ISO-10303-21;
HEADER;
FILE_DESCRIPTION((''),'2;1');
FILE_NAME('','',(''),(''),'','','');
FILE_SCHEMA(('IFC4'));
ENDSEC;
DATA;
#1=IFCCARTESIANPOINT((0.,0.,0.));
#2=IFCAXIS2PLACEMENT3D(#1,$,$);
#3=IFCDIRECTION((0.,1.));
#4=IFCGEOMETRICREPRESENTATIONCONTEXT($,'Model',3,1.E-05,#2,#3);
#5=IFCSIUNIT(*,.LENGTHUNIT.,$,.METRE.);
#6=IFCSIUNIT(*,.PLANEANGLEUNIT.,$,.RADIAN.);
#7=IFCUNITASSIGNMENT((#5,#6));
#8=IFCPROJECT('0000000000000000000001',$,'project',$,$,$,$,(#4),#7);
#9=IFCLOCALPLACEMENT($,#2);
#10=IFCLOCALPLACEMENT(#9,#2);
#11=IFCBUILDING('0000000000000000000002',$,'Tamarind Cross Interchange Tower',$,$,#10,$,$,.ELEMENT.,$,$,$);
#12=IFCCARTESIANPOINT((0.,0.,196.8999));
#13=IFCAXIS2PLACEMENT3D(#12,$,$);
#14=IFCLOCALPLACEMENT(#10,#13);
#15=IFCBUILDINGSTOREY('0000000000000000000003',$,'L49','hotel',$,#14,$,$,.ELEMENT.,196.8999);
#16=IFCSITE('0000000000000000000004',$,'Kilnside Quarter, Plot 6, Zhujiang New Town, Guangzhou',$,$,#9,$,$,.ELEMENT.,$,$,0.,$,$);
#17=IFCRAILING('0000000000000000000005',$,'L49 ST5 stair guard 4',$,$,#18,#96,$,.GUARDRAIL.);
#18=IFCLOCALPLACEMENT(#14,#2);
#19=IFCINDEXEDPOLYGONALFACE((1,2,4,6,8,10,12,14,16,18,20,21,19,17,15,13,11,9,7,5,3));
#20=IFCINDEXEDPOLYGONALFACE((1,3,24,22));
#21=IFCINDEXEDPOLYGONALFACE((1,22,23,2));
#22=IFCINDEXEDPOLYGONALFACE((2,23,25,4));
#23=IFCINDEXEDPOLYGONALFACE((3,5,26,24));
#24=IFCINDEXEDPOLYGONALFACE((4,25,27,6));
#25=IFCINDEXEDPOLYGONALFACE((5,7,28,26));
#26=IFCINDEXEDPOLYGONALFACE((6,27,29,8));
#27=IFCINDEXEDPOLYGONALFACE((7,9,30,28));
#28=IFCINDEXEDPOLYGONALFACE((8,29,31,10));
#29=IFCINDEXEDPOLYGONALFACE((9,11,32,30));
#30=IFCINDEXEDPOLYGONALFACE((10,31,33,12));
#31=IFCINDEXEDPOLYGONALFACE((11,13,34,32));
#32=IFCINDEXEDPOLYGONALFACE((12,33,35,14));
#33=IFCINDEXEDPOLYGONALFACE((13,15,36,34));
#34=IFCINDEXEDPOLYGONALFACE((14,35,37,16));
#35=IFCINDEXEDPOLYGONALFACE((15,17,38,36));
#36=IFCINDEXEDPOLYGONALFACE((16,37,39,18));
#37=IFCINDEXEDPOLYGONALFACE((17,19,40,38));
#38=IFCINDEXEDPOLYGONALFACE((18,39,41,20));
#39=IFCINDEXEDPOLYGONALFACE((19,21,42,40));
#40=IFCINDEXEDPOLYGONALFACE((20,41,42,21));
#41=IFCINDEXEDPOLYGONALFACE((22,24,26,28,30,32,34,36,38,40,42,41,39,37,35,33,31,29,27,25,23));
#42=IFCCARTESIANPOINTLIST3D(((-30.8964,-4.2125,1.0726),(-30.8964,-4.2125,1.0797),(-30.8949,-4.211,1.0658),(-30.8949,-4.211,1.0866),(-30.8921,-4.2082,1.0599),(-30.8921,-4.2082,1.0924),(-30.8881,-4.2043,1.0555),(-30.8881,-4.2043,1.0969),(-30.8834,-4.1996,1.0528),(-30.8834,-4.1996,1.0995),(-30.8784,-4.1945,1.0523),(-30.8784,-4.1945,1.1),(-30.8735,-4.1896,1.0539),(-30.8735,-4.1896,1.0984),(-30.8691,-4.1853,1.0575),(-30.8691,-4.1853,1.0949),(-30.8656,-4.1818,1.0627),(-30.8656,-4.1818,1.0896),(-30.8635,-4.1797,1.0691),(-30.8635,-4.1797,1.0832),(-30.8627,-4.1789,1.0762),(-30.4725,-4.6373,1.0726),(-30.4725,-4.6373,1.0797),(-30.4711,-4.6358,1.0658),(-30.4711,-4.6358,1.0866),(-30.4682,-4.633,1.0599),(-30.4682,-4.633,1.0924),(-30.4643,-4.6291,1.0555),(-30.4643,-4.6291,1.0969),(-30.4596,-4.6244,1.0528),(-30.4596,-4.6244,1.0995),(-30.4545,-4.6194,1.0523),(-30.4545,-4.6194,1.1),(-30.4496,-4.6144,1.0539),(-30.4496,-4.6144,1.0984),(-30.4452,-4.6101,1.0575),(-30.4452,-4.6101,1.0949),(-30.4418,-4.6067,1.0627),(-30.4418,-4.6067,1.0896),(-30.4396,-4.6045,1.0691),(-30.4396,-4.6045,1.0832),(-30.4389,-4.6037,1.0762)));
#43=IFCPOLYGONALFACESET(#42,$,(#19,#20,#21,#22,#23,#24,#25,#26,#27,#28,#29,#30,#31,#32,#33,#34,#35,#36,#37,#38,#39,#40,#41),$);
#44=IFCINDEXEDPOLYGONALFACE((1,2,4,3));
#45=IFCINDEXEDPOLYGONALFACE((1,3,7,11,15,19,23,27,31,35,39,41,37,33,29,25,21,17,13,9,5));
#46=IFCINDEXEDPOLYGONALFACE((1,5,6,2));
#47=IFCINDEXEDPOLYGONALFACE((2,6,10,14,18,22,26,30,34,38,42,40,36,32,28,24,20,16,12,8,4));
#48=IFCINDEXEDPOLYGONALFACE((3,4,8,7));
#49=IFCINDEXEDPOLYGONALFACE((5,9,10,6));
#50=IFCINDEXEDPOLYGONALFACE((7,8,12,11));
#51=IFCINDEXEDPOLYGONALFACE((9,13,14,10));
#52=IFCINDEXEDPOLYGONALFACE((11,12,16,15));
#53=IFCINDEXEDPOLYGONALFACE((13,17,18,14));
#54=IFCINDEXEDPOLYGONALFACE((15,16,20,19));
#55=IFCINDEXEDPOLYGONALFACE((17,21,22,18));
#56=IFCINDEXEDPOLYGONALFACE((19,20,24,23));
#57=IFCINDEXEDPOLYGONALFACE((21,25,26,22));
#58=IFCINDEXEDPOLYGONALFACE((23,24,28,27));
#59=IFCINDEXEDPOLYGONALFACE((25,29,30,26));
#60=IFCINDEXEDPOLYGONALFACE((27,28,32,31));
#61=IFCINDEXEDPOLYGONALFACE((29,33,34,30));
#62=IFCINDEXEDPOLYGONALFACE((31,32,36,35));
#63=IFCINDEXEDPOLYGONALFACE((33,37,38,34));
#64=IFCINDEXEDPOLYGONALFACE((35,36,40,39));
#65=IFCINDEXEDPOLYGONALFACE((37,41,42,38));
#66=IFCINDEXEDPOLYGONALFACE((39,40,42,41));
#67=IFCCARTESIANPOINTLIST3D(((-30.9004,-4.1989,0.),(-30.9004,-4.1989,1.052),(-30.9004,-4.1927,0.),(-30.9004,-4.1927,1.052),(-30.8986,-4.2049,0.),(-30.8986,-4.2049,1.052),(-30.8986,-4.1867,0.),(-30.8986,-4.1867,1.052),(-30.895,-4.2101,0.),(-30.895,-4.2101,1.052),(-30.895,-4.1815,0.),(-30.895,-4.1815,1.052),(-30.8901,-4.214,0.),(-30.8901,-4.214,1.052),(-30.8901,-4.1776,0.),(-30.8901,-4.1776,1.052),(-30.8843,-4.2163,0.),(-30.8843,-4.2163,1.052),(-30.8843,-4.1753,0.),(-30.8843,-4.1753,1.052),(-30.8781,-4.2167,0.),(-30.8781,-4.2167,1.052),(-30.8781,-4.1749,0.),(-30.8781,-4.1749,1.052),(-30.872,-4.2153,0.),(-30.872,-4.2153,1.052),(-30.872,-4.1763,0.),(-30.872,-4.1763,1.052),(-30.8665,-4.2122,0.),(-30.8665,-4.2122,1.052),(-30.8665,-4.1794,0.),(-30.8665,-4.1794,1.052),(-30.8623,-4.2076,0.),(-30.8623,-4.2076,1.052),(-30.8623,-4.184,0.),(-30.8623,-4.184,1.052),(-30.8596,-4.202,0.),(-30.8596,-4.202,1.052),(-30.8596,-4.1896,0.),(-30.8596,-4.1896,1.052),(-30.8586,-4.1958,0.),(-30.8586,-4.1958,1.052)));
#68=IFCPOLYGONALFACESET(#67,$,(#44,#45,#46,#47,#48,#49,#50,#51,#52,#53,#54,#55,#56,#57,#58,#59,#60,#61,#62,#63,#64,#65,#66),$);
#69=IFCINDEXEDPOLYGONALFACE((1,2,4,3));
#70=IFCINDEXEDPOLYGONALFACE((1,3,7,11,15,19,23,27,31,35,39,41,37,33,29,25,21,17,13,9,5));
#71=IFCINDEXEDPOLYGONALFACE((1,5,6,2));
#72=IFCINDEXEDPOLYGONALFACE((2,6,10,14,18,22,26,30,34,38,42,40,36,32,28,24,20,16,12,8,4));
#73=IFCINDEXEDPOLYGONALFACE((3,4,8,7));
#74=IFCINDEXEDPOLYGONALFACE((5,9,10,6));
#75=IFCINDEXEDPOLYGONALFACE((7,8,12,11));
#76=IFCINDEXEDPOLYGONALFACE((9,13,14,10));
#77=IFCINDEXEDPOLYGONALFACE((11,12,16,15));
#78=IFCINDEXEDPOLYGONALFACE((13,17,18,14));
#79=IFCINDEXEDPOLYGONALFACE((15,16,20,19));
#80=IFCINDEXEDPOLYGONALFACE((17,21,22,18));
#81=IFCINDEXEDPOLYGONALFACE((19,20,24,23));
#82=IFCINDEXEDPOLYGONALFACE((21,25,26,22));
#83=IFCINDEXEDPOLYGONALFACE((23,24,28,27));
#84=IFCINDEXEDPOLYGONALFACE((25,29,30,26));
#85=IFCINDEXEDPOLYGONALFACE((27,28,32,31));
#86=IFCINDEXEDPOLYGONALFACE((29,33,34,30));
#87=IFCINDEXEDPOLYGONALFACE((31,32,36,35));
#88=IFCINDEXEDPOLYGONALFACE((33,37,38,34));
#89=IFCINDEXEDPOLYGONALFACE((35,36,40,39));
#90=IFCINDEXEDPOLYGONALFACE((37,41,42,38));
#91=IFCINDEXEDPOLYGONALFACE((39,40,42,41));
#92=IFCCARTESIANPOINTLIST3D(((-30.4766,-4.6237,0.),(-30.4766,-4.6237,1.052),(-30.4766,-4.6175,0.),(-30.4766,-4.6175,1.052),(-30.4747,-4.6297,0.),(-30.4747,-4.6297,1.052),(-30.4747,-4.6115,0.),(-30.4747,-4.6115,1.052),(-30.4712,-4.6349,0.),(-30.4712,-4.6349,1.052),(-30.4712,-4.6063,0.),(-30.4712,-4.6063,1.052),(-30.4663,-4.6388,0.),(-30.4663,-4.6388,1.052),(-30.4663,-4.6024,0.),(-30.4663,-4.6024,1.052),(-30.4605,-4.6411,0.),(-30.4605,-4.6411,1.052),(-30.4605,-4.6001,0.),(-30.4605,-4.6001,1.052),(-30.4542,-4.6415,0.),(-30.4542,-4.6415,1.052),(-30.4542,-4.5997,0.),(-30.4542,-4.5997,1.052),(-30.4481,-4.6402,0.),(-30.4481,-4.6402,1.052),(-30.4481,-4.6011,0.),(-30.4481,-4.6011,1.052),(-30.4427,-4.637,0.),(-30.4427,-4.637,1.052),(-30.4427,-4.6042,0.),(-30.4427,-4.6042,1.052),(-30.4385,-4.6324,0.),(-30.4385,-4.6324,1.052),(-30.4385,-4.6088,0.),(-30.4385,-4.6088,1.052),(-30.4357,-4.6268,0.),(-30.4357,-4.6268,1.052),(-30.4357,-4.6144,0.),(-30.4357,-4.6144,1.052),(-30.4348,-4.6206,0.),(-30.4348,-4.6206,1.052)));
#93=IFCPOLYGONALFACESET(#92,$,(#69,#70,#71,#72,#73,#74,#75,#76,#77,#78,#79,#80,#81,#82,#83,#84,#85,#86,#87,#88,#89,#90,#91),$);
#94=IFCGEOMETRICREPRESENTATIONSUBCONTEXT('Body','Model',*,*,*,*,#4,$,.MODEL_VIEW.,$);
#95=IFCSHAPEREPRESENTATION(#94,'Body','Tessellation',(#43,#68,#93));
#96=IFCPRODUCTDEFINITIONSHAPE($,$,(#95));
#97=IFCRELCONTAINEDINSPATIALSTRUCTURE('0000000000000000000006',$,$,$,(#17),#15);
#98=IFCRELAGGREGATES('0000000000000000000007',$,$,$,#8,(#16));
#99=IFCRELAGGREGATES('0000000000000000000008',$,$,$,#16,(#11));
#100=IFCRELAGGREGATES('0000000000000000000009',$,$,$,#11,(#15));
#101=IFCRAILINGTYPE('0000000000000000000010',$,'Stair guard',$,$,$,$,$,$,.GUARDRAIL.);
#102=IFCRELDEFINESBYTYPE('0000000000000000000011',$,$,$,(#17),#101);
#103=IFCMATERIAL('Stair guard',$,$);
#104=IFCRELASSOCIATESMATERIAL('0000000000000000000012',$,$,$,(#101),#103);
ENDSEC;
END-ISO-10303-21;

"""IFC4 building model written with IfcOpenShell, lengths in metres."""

from ifc_helpers import new_model, si_unit, direction, frame, origin, origin_2d, place, context, subcontext, project, spatial, circle, extrude, material, type_object, element, save


model = new_model("IFC4")

# Units and contexts
model_context = context("Model", 3, precision=1e-05, world=origin(), true_north=direction((0.0, 1.0)))
body_context = subcontext(model_context, "Body", "Model", "MODEL_VIEW")
ifc_project = project(units=[si_unit("LENGTHUNIT", "METRE"), si_unit("PLANEANGLEUNIT", "RADIAN")], contexts=[model_context])

# Site, building, storey
site_placement = place(None, origin())
site = spatial("IfcSite", under=ifc_project, at=site_placement, Name="Kilnside Quarter, Plot 6, Zhujiang New Town, Guangzhou", CompositionType="ELEMENT", RefElevation=0.0)
building_placement = place(site_placement, origin())
building = spatial("IfcBuilding", under=site, at=building_placement, Name="Tamarind Cross Interchange Tower", CompositionType="ELEMENT")
storey_placement = place(building_placement, frame((0.0, 0.0, 196.8999)))
storey = spatial("IfcBuildingStorey", under=building, at=storey_placement, Name="L49", Description="hotel", CompositionType="ELEMENT", Elevation=196.8999)

# Railing
ifc_material_1 = material(Name="Stair guard")
railing_type_1 = type_object("IfcRailingType", Name="Stair guard", PredefinedType="GUARDRAIL", material=ifc_material_1)
railing_1_placement = place(storey_placement, frame((-30.8796, -4.1958, 0.0)))
element("IfcRailing", 1, at=railing_1_placement, inside=storey, type_object=railing_type_1, Name="L49 ST5 stair guard 4", PredefinedType="GUARDRAIL", context=body_context, shape_type="SweptSolid", body=[
    extrude(circle(Radius=0.0239, at=origin_2d()), frame((0.0, 0.0, 1.0762), z_axis=(0.706293, -0.70792, 0.0), x_axis=(0.70792, 0.706293, 0.0)), (0.0, 0.0, 1.0), 0.6001),
    extrude(circle(Radius=0.021, at=origin_2d()), origin(), (0.0, 0.0, 1.0), 1.052),
    extrude(circle(Radius=0.021, at=origin_2d()), frame((0.4238, -0.4248, 0.0)), (0.0, 0.0, 1.0), 1.052),
])

save(model, "model.ifc")
